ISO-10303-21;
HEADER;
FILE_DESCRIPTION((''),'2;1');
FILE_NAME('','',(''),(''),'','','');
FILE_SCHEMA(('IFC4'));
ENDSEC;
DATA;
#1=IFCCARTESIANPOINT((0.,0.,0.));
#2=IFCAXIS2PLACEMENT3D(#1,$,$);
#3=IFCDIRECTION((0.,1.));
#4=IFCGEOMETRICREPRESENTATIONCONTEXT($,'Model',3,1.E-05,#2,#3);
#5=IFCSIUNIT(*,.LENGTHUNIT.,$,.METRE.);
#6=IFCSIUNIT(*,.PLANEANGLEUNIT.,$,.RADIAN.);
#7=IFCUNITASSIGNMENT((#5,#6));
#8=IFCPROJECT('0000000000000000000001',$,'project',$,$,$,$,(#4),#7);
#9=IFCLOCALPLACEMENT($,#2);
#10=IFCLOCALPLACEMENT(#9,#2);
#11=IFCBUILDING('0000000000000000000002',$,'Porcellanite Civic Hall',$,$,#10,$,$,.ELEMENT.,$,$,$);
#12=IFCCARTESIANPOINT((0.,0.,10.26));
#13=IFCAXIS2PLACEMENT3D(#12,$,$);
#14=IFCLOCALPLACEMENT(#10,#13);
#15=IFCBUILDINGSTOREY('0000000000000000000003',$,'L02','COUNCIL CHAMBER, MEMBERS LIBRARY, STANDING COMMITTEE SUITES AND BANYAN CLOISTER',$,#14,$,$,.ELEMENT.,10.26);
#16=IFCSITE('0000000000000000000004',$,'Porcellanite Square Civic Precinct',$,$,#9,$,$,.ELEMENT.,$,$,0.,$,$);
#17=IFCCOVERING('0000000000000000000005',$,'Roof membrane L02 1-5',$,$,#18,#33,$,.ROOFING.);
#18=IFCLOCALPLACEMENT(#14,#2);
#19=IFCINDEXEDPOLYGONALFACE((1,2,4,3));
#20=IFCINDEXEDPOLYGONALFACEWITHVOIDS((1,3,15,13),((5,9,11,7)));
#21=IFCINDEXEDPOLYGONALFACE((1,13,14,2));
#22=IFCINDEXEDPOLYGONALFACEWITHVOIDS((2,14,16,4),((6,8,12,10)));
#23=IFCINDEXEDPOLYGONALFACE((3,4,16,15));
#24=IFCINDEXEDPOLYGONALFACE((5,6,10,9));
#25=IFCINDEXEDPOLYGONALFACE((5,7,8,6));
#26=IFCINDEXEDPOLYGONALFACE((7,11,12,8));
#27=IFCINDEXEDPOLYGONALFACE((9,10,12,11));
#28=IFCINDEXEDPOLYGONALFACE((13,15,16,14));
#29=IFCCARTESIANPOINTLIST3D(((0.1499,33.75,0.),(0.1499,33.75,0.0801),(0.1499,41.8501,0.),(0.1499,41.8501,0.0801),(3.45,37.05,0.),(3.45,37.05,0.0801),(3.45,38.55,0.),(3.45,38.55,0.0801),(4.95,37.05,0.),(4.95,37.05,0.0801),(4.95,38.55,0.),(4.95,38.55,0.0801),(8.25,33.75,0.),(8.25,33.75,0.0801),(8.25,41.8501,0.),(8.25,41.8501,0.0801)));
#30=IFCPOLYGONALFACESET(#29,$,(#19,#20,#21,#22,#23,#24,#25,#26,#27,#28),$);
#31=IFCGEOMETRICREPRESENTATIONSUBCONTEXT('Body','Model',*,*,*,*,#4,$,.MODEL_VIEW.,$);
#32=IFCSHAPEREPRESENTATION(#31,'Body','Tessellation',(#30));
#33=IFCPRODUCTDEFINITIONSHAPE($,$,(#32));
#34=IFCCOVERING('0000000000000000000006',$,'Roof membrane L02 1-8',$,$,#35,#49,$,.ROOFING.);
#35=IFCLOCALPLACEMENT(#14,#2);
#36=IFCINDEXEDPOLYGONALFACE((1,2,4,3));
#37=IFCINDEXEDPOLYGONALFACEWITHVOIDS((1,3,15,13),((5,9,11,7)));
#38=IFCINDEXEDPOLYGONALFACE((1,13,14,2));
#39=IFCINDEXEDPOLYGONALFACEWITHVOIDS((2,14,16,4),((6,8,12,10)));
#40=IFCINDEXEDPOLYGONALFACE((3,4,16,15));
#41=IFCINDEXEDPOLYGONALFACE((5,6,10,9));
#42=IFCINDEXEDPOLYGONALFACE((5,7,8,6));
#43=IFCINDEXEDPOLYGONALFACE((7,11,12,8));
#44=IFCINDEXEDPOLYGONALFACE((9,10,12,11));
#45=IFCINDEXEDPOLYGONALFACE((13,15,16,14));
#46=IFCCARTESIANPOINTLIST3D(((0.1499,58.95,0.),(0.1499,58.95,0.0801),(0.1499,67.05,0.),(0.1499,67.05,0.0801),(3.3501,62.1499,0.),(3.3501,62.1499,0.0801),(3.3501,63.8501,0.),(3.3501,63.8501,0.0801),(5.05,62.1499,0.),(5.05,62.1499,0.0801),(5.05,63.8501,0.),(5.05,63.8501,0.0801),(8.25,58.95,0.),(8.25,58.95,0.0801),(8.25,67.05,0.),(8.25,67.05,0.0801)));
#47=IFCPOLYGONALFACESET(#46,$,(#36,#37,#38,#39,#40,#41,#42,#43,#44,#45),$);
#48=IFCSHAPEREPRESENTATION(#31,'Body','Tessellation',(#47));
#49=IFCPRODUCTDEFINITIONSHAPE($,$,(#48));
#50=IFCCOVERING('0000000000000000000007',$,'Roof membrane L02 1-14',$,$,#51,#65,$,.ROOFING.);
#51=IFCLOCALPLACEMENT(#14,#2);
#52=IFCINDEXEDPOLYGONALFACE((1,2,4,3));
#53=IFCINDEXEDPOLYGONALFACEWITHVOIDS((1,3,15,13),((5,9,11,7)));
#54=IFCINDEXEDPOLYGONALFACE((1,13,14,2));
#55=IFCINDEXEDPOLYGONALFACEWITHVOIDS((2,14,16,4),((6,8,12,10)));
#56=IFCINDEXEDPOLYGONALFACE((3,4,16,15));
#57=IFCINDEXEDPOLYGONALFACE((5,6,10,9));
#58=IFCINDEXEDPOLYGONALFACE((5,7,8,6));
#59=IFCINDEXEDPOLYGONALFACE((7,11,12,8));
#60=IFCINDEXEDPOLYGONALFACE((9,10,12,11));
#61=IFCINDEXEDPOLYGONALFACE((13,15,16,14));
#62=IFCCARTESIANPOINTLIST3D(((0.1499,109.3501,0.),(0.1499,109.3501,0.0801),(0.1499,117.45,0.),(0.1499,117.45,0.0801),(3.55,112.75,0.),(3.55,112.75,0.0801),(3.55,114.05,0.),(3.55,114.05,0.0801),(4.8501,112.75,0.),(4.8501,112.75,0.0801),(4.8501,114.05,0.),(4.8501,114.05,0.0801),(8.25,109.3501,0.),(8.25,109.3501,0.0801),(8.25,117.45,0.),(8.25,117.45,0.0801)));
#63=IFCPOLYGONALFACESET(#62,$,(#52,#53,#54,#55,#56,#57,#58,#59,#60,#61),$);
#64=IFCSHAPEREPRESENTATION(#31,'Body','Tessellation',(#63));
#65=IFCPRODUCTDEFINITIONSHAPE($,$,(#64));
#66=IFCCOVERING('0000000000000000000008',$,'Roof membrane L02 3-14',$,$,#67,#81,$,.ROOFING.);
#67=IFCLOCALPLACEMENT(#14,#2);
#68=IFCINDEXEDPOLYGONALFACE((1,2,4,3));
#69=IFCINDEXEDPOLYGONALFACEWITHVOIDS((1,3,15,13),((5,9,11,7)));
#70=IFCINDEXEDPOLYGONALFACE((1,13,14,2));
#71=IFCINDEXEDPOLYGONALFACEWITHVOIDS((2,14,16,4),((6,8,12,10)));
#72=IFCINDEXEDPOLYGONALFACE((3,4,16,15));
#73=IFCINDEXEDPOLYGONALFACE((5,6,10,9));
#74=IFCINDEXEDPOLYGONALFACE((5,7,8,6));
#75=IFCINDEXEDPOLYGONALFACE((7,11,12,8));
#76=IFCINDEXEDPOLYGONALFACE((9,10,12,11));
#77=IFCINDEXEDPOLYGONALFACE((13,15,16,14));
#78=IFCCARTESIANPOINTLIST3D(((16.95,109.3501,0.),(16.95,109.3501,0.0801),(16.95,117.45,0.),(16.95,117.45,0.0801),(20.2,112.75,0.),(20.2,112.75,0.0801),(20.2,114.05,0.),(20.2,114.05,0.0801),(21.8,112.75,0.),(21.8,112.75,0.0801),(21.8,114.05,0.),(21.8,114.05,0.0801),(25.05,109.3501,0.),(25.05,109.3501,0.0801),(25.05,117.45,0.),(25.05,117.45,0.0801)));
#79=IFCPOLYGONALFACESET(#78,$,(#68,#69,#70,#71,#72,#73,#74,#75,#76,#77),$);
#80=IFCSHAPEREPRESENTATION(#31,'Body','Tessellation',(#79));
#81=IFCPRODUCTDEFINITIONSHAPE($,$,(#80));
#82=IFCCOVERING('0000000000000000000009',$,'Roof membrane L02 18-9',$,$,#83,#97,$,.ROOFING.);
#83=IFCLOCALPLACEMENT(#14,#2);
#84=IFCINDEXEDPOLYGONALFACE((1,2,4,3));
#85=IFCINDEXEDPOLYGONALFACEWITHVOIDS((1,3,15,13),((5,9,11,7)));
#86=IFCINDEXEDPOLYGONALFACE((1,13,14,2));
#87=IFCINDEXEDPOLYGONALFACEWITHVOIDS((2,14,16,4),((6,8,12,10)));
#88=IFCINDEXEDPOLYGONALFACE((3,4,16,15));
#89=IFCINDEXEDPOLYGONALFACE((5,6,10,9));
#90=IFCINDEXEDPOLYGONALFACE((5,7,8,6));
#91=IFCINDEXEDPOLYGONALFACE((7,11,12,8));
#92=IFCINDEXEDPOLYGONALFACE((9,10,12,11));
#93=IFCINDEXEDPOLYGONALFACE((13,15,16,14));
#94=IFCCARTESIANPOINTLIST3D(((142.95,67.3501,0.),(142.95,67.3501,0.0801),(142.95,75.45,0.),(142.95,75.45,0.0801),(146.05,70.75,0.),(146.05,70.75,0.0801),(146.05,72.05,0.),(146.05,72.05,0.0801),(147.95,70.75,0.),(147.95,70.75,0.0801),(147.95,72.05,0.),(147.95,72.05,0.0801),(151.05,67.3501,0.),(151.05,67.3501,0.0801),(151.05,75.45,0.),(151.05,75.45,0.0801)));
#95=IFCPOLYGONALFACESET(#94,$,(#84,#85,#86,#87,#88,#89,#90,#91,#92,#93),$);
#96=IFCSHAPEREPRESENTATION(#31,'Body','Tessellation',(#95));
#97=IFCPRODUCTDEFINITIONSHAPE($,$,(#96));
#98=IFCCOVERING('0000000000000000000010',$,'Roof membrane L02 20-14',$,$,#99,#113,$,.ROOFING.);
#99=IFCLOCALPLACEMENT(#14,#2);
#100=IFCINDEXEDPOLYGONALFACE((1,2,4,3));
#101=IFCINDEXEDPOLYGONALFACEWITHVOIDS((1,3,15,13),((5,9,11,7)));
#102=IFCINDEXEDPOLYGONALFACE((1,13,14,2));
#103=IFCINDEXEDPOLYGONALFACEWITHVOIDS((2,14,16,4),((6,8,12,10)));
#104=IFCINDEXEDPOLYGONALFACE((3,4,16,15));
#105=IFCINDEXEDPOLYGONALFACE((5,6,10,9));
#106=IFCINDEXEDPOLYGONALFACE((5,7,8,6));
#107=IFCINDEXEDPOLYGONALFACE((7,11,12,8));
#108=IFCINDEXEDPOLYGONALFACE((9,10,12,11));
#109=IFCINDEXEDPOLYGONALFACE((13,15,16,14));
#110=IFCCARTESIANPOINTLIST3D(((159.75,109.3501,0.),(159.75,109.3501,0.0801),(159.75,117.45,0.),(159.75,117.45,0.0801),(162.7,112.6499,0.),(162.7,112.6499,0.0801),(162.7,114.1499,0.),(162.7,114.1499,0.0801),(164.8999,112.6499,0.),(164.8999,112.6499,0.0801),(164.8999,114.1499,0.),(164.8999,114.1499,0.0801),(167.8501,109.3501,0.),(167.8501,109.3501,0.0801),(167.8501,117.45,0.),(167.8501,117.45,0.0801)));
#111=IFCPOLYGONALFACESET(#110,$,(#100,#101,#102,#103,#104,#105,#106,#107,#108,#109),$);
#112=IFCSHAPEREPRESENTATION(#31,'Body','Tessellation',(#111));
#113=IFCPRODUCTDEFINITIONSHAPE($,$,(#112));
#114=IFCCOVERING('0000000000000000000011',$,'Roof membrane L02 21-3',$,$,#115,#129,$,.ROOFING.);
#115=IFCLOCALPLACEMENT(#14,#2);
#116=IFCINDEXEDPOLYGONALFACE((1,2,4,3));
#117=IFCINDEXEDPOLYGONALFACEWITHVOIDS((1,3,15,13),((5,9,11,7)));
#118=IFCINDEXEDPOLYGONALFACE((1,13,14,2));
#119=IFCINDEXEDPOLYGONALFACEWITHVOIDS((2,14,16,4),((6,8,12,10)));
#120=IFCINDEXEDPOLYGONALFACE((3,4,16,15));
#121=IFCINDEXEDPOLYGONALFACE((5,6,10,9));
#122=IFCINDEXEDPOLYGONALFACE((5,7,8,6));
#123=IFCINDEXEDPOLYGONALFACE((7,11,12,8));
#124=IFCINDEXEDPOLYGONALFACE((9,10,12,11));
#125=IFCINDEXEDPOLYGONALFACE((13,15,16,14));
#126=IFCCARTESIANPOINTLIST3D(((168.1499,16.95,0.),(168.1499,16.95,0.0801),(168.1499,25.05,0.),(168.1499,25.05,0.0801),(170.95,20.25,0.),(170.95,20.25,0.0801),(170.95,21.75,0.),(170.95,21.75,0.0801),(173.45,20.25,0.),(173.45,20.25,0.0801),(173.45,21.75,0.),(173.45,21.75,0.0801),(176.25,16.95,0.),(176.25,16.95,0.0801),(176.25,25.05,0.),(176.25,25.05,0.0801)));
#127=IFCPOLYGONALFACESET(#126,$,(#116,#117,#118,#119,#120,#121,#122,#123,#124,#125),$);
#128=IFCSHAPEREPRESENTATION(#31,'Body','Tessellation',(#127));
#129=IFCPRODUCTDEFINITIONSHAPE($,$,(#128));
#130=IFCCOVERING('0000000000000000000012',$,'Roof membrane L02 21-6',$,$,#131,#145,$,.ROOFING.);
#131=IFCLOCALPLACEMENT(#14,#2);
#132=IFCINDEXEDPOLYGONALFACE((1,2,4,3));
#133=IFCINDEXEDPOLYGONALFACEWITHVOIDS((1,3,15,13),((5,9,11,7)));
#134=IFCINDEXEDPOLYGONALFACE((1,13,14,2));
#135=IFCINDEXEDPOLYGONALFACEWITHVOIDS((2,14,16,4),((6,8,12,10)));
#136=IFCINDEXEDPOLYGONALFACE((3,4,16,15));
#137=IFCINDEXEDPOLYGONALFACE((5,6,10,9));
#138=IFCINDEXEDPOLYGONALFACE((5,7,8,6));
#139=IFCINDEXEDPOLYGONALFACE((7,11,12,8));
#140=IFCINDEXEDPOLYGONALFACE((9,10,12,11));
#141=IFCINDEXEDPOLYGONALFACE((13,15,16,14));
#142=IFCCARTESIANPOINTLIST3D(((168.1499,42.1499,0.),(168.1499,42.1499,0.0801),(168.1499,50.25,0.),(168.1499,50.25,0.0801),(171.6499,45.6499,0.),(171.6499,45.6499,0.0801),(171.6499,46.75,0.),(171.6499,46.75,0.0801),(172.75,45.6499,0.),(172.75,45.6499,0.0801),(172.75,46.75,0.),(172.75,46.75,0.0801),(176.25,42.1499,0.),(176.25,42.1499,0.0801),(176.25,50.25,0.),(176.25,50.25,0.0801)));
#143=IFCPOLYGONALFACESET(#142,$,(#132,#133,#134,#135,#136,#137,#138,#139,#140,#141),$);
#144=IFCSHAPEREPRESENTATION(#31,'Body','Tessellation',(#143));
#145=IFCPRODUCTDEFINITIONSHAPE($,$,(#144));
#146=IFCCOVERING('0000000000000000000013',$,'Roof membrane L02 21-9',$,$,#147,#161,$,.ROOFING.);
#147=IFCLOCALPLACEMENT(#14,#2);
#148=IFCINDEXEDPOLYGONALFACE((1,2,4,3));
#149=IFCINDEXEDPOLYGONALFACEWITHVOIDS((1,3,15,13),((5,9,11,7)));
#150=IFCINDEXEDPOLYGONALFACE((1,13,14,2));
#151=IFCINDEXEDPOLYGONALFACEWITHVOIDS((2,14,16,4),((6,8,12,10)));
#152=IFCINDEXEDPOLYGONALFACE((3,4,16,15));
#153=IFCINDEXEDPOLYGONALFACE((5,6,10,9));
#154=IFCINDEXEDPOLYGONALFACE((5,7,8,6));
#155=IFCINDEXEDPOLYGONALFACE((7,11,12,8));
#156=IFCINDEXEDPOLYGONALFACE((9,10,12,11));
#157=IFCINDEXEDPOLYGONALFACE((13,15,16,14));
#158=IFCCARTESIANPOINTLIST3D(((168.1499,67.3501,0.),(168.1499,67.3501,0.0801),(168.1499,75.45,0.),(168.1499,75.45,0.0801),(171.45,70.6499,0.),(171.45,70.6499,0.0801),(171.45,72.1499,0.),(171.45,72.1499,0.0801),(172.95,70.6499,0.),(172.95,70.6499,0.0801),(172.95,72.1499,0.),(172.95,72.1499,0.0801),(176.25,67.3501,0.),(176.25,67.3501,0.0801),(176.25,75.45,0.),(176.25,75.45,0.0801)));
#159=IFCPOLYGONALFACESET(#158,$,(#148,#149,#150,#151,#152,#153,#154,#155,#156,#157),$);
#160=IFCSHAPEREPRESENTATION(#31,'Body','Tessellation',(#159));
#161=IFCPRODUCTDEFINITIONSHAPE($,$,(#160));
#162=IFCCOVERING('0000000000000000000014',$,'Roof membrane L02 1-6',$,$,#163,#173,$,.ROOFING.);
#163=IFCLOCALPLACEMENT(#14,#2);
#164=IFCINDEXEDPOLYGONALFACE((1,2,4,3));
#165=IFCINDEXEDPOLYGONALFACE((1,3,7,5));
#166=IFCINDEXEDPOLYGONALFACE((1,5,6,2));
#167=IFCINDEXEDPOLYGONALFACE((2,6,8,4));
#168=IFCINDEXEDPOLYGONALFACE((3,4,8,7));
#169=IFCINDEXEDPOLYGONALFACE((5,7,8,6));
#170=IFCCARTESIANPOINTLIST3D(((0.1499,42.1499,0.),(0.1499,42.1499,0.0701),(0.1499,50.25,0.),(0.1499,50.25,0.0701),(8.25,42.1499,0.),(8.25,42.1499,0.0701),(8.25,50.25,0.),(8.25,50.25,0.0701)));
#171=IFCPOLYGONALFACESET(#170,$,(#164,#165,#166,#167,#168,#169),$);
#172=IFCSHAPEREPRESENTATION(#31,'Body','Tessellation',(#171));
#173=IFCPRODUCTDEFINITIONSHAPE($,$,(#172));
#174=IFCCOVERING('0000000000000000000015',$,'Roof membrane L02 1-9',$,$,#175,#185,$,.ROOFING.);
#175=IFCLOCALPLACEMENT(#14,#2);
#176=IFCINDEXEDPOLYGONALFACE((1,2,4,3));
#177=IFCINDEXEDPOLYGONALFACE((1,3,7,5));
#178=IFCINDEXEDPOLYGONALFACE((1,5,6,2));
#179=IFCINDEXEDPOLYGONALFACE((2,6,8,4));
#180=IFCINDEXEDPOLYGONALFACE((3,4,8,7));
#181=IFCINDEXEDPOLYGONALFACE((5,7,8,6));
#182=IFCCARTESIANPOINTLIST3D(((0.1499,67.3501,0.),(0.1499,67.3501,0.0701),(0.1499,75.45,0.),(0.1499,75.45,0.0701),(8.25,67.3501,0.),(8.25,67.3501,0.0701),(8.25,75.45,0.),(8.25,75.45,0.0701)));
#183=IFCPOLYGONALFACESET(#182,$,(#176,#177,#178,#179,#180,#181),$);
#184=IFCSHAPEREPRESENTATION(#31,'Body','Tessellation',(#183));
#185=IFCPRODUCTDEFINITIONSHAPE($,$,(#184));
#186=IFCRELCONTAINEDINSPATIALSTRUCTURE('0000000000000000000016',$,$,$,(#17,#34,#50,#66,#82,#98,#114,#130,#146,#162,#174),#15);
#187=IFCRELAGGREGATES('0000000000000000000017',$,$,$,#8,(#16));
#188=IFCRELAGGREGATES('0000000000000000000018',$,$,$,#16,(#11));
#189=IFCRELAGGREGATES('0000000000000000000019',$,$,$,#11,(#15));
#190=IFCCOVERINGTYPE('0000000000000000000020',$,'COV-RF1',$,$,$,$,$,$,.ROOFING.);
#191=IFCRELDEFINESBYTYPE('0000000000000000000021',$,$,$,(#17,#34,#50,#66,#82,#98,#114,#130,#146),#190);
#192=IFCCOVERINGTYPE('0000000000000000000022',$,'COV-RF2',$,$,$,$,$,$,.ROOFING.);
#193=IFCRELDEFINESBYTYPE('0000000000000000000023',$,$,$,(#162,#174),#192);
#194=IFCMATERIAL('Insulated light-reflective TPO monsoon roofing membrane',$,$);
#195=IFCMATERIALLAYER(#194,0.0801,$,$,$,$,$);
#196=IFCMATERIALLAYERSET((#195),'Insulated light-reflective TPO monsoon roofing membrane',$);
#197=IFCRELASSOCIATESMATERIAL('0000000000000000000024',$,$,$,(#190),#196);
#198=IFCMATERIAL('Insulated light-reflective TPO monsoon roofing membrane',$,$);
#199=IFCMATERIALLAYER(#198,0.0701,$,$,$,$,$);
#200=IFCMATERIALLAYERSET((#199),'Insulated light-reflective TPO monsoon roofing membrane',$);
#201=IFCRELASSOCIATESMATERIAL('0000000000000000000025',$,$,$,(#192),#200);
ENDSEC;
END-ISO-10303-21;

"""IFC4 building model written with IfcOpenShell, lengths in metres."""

from ifc_helpers import new_model, si_unit, direction, frame, origin, place, context, subcontext, project, spatial, polyline, outline, extrude, material, layer, layer_set, type_object, element, save


model = new_model("IFC4")

# Units and contexts
model_context = context("Model", 3, precision=1e-05, world=origin(), true_north=direction((0.0, 1.0)))
body_context = subcontext(model_context, "Body", "Model", "MODEL_VIEW")
ifc_project = project(units=[si_unit("LENGTHUNIT", "METRE"), si_unit("PLANEANGLEUNIT", "RADIAN")], contexts=[model_context])

# Site, building, storey
site_placement = place(None, origin())
site = spatial("IfcSite", under=ifc_project, at=site_placement, Name="Porcellanite Square Civic Precinct", CompositionType="ELEMENT", RefElevation=0.0)
building_placement = place(site_placement, origin())
building = spatial("IfcBuilding", under=site, at=building_placement, Name="Porcellanite Civic Hall", CompositionType="ELEMENT")
storey_placement = place(building_placement, frame((0.0, 0.0, 10.26)))
storey = spatial("IfcBuildingStorey", under=building, at=storey_placement, Name="L02", Description="COUNCIL CHAMBER, MEMBERS LIBRARY, STANDING COMMITTEE SUITES AND BANYAN CLOISTER", CompositionType="ELEMENT", Elevation=10.26)

# Coverings
ifc_material_1 = material(Name="Insulated light-reflective TPO monsoon roofing membrane")
ifc_layer_1 = layer(ifc_material_1, 0.0801)
ifc_layer_set_1 = layer_set([ifc_layer_1], Name="Insulated light-reflective TPO monsoon roofing membrane")
covering_type_1 = type_object("IfcCoveringType", Name="COV-RF1", PredefinedType="ROOFING", material=ifc_layer_set_1)
covering_1_placement = place(storey_placement, origin())
element("IfcCovering", 1, at=covering_1_placement, inside=storey, type_object=covering_type_1, Name="Roof membrane L02 1-5", PredefinedType="ROOFING", context=body_context, shape_type="SweptSolid", body=[
    extrude(outline(polyline([(0.1499, 33.75), (8.25, 33.75), (8.25, 41.8501), (0.1499, 41.8501), (0.1499, 33.75)]), holes=[polyline([(3.45, 37.05), (4.95, 37.05), (4.95, 38.55), (3.45, 38.55), (3.45, 37.05)])]), origin(), (0.0, 0.0, 1.0), 0.0801),
])
covering_2_placement = place(storey_placement, origin())
element("IfcCovering", 2, at=covering_2_placement, inside=storey, type_object=covering_type_1, Name="Roof membrane L02 1-8", PredefinedType="ROOFING", context=body_context, shape_type="SweptSolid", body=[
    extrude(outline(polyline([(0.1499, 58.95), (8.25, 58.95), (8.25, 67.05), (0.1499, 67.05), (0.1499, 58.95)]), holes=[polyline([(3.3501, 62.1499), (5.05, 62.1499), (5.05, 63.8501), (3.3501, 63.8501), (3.3501, 62.1499)])]), origin(), (0.0, 0.0, 1.0), 0.0801),
])
covering_3_placement = place(storey_placement, origin())
element("IfcCovering", 3, at=covering_3_placement, inside=storey, type_object=covering_type_1, Name="Roof membrane L02 1-14", PredefinedType="ROOFING", context=body_context, shape_type="SweptSolid", body=[
    extrude(outline(polyline([(0.1499, 109.3501), (8.25, 109.3501), (8.25, 117.45), (0.1499, 117.45), (0.1499, 109.3501)]), holes=[polyline([(3.55, 112.75), (4.8501, 112.75), (4.8501, 114.05), (3.55, 114.05), (3.55, 112.75)])]), origin(), (0.0, 0.0, 1.0), 0.0801),
])
covering_4_placement = place(storey_placement, origin())
element("IfcCovering", 4, at=covering_4_placement, inside=storey, type_object=covering_type_1, Name="Roof membrane L02 3-14", PredefinedType="ROOFING", context=body_context, shape_type="SweptSolid", body=[
    extrude(outline(polyline([(16.95, 109.3501), (25.05, 109.3501), (25.05, 117.45), (16.95, 117.45), (16.95, 109.3501)]), holes=[polyline([(20.2, 112.75), (21.8, 112.75), (21.8, 114.05), (20.2, 114.05), (20.2, 112.75)])]), origin(), (0.0, 0.0, 1.0), 0.0801),
])
covering_5_placement = place(storey_placement, origin())
element("IfcCovering", 5, at=covering_5_placement, inside=storey, type_object=covering_type_1, Name="Roof membrane L02 18-9", PredefinedType="ROOFING", context=body_context, shape_type="SweptSolid", body=[
    extrude(outline(polyline([(142.95, 67.3501), (151.05, 67.3501), (151.05, 75.45), (142.95, 75.45), (142.95, 67.3501)]), holes=[polyline([(146.05, 70.75), (147.95, 70.75), (147.95, 72.05), (146.05, 72.05), (146.05, 70.75)])]), origin(), (0.0, 0.0, 1.0), 0.0801),
])
covering_6_placement = place(storey_placement, origin())
element("IfcCovering", 6, at=covering_6_placement, inside=storey, type_object=covering_type_1, Name="Roof membrane L02 20-14", PredefinedType="ROOFING", context=body_context, shape_type="SweptSolid", body=[
    extrude(outline(polyline([(159.75, 109.3501), (167.8501, 109.3501), (167.8501, 117.45), (159.75, 117.45), (159.75, 109.3501)]), holes=[polyline([(162.7, 112.6499), (164.8999, 112.6499), (164.8999, 114.1499), (162.7, 114.1499), (162.7, 112.6499)])]), origin(), (0.0, 0.0, 1.0), 0.0801),
])
covering_7_placement = place(storey_placement, origin())
element("IfcCovering", 7, at=covering_7_placement, inside=storey, type_object=covering_type_1, Name="Roof membrane L02 21-3", PredefinedType="ROOFING", context=body_context, shape_type="SweptSolid", body=[
    extrude(outline(polyline([(168.1499, 16.95), (176.25, 16.95), (176.25, 25.05), (168.1499, 25.05), (168.1499, 16.95)]), holes=[polyline([(170.95, 20.25), (173.45, 20.25), (173.45, 21.75), (170.95, 21.75), (170.95, 20.25)])]), origin(), (0.0, 0.0, 1.0), 0.0801),
])
covering_8_placement = place(storey_placement, origin())
element("IfcCovering", 8, at=covering_8_placement, inside=storey, type_object=covering_type_1, Name="Roof membrane L02 21-6", PredefinedType="ROOFING", context=body_context, shape_type="SweptSolid", body=[
    extrude(outline(polyline([(168.1499, 42.1499), (176.25, 42.1499), (176.25, 50.25), (168.1499, 50.25), (168.1499, 42.1499)]), holes=[polyline([(171.6499, 45.6499), (172.75, 45.6499), (172.75, 46.75), (171.6499, 46.75), (171.6499, 45.6499)])]), origin(), (0.0, 0.0, 1.0), 0.0801),
])
covering_9_placement = place(storey_placement, origin())
element("IfcCovering", 9, at=covering_9_placement, inside=storey, type_object=covering_type_1, Name="Roof membrane L02 21-9", PredefinedType="ROOFING", context=body_context, shape_type="SweptSolid", body=[
    extrude(outline(polyline([(168.1499, 67.3501), (176.25, 67.3501), (176.25, 75.45), (168.1499, 75.45), (168.1499, 67.3501)]), holes=[polyline([(171.45, 70.6499), (172.95, 70.6499), (172.95, 72.1499), (171.45, 72.1499), (171.45, 70.6499)])]), origin(), (0.0, 0.0, 1.0), 0.0801),
])
ifc_material_2 = material(Name="Insulated light-reflective TPO monsoon roofing membrane")
ifc_layer_2 = layer(ifc_material_2, 0.0701)
ifc_layer_set_2 = layer_set([ifc_layer_2], Name="Insulated light-reflective TPO monsoon roofing membrane")
covering_type_2 = type_object("IfcCoveringType", Name="COV-RF2", PredefinedType="ROOFING", material=ifc_layer_set_2)
covering_10_placement = place(storey_placement, origin())
element("IfcCovering", 10, at=covering_10_placement, inside=storey, type_object=covering_type_2, Name="Roof membrane L02 1-6", PredefinedType="ROOFING", context=body_context, shape_type="SweptSolid", body=[
    extrude(outline(polyline([(0.1499, 42.1499), (8.25, 42.1499), (8.25, 50.25), (0.1499, 50.25), (0.1499, 42.1499)])), origin(), (0.0, 0.0, 1.0), 0.0701),
])
covering_11_placement = place(storey_placement, origin())
element("IfcCovering", 11, at=covering_11_placement, inside=storey, type_object=covering_type_2, Name="Roof membrane L02 1-9", PredefinedType="ROOFING", context=body_context, shape_type="SweptSolid", body=[
    extrude(outline(polyline([(0.1499, 67.3501), (8.25, 67.3501), (8.25, 75.45), (0.1499, 75.45), (0.1499, 67.3501)])), origin(), (0.0, 0.0, 1.0), 0.0701),
])

save(model, "model.ifc")
